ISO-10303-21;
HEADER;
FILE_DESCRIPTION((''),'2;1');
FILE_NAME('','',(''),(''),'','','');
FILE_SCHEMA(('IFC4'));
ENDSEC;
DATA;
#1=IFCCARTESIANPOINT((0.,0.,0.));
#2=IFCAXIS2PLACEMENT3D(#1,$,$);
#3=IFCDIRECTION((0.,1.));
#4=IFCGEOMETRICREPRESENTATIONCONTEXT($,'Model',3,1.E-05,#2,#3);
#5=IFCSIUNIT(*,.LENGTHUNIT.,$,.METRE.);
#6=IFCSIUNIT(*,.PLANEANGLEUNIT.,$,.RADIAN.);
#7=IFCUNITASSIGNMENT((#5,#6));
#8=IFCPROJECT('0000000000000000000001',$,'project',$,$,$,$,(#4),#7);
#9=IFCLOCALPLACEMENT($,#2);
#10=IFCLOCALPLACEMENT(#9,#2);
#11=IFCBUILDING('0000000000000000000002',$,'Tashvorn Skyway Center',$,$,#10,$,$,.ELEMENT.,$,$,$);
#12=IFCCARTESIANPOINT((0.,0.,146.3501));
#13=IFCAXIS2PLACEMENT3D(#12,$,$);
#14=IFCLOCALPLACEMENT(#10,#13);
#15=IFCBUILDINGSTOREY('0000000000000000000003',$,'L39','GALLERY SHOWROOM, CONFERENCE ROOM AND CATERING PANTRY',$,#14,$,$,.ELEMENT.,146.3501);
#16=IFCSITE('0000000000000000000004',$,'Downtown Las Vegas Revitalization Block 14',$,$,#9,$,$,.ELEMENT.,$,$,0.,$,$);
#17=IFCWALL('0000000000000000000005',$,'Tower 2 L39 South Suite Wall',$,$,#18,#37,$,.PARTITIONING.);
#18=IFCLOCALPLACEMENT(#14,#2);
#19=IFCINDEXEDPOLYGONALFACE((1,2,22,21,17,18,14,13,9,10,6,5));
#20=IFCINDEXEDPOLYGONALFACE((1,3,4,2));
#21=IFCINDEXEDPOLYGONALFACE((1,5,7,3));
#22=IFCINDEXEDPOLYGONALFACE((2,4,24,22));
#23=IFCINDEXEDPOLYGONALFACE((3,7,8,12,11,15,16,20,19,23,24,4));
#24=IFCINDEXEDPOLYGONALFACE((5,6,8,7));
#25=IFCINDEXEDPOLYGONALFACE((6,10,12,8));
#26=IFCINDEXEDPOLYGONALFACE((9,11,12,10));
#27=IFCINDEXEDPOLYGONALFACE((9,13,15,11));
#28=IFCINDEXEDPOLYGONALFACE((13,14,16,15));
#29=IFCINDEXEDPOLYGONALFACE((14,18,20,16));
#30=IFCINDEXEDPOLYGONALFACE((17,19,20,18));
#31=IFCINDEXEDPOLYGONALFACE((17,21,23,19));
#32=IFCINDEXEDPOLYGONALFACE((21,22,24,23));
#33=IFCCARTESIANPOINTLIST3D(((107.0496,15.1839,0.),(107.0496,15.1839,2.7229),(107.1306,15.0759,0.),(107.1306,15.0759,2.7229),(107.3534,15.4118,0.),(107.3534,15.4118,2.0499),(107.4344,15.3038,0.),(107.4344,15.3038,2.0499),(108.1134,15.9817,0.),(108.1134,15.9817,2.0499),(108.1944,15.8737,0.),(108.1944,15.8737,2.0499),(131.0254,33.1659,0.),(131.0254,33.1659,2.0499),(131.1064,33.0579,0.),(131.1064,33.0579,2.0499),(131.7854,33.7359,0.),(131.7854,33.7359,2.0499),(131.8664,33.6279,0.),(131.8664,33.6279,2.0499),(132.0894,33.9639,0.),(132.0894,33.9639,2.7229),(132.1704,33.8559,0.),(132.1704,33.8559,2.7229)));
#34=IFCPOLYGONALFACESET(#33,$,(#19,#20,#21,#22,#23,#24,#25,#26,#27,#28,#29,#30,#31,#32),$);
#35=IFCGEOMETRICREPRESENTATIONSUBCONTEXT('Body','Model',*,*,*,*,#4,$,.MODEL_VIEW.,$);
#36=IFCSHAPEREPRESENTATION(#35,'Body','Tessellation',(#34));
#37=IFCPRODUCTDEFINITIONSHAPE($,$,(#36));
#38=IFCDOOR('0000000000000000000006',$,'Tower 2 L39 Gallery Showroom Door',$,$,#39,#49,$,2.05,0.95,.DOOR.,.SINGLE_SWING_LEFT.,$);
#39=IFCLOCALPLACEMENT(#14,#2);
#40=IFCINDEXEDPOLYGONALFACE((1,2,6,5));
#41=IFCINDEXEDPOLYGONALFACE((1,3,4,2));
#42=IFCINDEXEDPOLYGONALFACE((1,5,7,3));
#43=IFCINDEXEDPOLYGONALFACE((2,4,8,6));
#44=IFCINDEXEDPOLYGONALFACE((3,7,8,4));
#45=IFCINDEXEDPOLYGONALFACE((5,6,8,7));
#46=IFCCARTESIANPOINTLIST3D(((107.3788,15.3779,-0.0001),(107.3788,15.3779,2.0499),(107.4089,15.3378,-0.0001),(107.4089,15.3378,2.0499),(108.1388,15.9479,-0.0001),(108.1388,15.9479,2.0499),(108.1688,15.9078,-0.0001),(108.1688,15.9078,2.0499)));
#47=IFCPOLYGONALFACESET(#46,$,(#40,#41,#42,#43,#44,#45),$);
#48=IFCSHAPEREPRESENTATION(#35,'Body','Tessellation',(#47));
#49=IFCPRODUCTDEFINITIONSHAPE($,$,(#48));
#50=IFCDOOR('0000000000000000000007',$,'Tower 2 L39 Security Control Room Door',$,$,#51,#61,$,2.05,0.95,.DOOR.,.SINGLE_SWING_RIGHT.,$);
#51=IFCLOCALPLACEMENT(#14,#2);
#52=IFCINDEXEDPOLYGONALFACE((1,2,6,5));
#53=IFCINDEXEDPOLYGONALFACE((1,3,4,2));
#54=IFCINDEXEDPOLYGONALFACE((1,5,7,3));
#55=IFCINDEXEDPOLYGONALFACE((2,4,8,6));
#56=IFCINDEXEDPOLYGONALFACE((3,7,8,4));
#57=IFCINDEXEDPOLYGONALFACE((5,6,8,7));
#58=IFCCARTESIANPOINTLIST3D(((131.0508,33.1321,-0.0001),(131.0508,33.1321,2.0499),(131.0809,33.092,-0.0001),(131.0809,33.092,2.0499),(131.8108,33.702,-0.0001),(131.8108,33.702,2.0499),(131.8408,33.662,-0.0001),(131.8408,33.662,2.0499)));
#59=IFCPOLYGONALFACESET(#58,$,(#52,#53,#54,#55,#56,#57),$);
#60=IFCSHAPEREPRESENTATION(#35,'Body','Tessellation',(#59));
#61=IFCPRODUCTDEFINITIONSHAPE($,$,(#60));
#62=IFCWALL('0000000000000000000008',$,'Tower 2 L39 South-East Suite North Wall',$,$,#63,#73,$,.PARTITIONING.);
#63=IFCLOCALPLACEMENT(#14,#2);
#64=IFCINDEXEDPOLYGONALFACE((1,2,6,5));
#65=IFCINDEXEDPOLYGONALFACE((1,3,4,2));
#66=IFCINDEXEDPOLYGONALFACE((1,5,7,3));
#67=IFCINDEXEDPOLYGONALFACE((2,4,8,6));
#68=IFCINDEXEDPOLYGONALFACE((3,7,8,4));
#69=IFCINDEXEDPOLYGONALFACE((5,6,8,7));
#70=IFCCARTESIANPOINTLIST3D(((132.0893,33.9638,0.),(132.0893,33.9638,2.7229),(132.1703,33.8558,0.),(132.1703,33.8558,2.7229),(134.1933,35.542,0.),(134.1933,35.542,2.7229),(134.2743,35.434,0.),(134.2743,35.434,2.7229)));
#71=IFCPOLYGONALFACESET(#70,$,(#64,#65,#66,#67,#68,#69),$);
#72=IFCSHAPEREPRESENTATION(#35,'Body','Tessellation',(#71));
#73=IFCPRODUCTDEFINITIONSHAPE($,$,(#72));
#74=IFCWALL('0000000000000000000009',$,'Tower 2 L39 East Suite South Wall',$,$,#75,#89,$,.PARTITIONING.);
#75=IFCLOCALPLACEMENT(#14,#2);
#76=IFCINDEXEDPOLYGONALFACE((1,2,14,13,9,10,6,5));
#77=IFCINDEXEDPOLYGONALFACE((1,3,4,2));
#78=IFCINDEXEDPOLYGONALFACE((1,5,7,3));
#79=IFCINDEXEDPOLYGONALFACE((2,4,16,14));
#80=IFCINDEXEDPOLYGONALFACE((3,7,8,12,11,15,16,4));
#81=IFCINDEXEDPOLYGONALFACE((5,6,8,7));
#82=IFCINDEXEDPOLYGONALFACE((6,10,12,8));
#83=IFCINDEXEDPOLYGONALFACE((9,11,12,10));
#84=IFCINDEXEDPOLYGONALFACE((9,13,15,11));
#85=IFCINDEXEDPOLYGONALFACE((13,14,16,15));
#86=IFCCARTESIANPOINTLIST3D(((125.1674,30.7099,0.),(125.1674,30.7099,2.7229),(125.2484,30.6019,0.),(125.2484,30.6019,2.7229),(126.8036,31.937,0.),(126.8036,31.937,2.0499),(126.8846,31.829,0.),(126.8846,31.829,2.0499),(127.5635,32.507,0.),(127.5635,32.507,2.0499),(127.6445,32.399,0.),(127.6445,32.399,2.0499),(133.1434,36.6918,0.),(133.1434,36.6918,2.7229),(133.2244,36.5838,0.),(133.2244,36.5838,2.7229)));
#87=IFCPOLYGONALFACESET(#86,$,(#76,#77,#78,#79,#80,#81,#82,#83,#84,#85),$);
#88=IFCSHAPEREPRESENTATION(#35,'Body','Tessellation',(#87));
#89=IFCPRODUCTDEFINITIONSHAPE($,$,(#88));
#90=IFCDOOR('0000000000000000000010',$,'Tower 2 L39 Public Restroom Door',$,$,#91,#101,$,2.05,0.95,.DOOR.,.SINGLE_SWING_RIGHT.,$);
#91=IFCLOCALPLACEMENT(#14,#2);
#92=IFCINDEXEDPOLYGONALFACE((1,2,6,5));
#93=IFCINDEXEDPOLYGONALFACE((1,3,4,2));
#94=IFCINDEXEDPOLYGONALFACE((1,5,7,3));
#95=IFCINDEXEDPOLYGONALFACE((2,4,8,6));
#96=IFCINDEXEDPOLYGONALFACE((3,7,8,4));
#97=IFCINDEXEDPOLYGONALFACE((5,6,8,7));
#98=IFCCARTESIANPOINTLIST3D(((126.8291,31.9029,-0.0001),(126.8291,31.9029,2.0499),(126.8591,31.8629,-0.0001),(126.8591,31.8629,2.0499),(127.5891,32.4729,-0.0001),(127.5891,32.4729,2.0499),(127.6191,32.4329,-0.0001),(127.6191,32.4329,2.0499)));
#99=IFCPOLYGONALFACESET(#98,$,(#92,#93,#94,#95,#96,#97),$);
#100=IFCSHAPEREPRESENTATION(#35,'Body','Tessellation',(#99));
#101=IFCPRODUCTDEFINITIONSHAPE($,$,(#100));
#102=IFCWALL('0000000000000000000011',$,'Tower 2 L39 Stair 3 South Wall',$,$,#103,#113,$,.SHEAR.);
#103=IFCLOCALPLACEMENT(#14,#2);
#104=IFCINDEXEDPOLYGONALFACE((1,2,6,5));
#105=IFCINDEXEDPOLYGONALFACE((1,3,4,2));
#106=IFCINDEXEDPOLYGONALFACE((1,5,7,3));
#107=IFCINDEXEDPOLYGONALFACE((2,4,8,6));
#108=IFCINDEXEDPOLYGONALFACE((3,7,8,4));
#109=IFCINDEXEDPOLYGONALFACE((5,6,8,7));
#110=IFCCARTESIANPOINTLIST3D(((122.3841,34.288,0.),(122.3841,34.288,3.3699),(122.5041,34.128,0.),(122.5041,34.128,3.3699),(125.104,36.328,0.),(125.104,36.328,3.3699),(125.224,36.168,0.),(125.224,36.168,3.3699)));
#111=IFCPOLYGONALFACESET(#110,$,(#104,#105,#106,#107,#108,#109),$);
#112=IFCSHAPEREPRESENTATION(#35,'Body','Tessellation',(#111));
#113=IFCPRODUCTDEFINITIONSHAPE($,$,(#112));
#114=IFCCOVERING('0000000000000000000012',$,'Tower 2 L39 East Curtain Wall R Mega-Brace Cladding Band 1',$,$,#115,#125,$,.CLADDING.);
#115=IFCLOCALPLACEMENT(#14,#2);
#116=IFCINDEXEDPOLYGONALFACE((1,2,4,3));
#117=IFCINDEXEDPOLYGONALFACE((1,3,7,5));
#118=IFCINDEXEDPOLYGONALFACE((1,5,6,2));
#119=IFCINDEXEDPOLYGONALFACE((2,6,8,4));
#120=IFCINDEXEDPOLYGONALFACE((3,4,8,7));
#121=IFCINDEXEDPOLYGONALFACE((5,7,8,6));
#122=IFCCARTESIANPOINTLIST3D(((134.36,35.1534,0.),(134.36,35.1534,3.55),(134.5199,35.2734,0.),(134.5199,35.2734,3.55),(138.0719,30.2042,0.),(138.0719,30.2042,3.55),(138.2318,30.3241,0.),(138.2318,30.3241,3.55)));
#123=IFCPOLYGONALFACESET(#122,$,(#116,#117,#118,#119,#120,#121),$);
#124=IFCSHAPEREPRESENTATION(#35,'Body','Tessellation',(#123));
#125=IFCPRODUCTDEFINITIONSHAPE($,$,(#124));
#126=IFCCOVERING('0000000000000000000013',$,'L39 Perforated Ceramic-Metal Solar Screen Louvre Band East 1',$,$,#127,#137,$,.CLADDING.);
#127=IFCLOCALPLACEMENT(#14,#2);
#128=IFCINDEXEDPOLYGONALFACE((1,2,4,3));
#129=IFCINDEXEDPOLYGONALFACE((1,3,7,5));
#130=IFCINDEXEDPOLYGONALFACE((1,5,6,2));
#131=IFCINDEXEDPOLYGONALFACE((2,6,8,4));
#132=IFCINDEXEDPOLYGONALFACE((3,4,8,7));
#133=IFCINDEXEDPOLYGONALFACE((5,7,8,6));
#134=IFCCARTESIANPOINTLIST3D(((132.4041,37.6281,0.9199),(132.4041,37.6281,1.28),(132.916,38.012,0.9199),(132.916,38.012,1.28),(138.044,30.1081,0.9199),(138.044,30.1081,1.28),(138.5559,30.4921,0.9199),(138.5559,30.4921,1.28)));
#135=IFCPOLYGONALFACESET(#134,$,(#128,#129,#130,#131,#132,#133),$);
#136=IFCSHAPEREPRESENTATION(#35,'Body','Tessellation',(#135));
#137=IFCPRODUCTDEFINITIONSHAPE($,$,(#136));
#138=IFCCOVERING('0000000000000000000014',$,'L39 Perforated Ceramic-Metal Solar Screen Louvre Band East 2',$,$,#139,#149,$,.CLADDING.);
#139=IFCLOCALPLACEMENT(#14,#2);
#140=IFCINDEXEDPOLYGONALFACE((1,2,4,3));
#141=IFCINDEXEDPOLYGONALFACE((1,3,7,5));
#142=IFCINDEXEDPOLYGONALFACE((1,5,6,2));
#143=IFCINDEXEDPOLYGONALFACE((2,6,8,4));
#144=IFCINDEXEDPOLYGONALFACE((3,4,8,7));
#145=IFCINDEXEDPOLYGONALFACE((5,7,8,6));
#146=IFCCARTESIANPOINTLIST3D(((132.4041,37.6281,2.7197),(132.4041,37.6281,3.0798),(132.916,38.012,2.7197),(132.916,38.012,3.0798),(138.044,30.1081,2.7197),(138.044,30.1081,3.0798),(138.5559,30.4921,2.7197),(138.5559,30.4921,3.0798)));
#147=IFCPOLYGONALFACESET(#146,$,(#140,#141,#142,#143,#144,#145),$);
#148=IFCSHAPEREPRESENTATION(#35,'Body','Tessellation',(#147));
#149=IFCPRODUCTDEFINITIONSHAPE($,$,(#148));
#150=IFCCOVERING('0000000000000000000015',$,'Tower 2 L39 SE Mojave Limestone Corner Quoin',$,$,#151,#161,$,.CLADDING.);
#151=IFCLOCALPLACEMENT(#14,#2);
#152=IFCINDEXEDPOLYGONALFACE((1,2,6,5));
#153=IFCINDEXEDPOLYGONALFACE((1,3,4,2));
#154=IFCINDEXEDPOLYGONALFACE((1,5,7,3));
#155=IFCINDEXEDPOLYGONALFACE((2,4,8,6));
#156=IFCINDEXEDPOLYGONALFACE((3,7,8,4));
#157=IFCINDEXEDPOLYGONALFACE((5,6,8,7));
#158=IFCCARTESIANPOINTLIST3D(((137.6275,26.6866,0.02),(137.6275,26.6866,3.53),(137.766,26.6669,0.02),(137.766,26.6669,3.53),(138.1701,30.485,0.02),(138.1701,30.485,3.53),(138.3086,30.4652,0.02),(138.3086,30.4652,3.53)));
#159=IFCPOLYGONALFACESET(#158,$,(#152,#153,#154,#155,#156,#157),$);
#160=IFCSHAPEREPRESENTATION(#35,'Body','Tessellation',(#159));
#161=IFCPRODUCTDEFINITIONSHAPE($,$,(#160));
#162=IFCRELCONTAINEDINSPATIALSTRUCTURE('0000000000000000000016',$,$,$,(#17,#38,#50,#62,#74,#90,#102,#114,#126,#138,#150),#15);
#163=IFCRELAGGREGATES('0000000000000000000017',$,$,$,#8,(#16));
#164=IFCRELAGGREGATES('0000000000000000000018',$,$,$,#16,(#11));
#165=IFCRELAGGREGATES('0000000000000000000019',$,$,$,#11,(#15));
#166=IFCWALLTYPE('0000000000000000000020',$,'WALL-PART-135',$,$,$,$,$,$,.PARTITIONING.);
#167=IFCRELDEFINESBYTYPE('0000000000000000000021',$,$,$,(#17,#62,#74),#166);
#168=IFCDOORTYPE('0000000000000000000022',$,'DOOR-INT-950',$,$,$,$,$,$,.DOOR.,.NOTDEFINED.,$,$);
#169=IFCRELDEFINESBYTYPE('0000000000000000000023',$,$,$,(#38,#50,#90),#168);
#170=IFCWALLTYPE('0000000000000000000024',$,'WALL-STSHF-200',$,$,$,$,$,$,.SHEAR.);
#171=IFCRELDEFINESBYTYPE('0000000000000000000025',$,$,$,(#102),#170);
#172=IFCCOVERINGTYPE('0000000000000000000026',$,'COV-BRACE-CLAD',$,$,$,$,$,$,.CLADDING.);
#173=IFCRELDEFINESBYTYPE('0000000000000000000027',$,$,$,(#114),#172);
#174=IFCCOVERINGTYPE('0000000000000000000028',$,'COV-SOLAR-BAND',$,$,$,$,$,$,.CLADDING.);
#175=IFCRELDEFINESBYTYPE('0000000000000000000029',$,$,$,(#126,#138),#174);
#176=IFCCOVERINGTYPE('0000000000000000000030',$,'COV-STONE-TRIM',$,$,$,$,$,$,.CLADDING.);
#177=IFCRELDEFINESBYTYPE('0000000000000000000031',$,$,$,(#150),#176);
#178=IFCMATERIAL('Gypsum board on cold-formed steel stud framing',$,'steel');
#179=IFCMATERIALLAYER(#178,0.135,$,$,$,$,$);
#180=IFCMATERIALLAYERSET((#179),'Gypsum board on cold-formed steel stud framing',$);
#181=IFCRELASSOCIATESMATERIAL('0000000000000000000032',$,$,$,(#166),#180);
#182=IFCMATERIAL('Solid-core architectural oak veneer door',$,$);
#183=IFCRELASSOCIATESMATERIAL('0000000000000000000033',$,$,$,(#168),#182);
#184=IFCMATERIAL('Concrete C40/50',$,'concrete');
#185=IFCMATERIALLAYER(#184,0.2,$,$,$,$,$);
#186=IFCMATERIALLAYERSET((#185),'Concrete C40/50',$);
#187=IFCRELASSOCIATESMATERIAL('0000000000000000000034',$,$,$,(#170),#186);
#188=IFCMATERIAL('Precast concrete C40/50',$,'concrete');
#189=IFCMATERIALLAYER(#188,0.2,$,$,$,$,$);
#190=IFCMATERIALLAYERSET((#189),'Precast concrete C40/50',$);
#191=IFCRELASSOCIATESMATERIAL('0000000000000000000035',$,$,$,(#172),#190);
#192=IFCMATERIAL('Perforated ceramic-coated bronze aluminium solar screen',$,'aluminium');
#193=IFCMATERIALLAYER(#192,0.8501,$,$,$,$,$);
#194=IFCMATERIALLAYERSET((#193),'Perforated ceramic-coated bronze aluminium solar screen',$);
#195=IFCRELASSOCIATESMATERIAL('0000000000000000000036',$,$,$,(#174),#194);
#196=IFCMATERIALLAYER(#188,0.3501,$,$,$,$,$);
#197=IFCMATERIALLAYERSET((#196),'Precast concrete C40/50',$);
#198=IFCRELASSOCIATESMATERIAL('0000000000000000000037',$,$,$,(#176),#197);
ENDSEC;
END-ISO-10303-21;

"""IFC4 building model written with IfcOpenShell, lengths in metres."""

from ifc_helpers import new_model, si_unit, direction, frame, frame_2d, origin, origin_2d, place, context, subcontext, project, spatial, rectangle, extrude, material, layer, layer_set, type_object, element, fill, save


model = new_model("IFC4")

# Units and contexts
model_context = context("Model", 3, precision=1e-05, world=origin(), true_north=direction((0.0, 1.0)))
body_context = subcontext(model_context, "Body", "Model", "MODEL_VIEW")
ifc_project = project(units=[si_unit("LENGTHUNIT", "METRE"), si_unit("PLANEANGLEUNIT", "RADIAN")], contexts=[model_context])

# Site, building, storey
site_placement = place(None, origin())
site = spatial("IfcSite", under=ifc_project, at=site_placement, Name="Downtown Las Vegas Revitalization Block 14", CompositionType="ELEMENT", RefElevation=0.0)
building_placement = place(site_placement, origin())
building = spatial("IfcBuilding", under=site, at=building_placement, Name="Tashvorn Skyway Center", CompositionType="ELEMENT")
storey_placement = place(building_placement, frame((0.0, 0.0, 146.3501)))
storey = spatial("IfcBuildingStorey", under=building, at=storey_placement, Name="L39", Description="GALLERY SHOWROOM, CONFERENCE ROOM AND CATERING PANTRY", CompositionType="ELEMENT", Elevation=146.3501)

# Shared definitions
ifc_material_1 = material(Name="Precast concrete C40/50", Category="concrete")

# Wall, openings, doors
ifc_material_2 = material(Name="Gypsum board on cold-formed steel stud framing", Category="steel")
ifc_layer_1 = layer(ifc_material_2, 0.135)
ifc_layer_set_1 = layer_set([ifc_layer_1], Name="Gypsum board on cold-formed steel stud framing")
wall_type_1 = type_object("IfcWallType", Name="WALL-PART-135", PredefinedType="PARTITIONING", material=ifc_layer_set_1)
wall_1_placement = place(storey_placement, frame((132.1299, 33.9099, 0.0), z_axis=(0.0, 0.0, 1.0), x_axis=(-0.799997, -0.600004, 0.0)))
wall_1 = element("IfcWall", 1, at=wall_1_placement, inside=storey, type_object=wall_type_1, Name="Tower 2 L39 South Suite Wall", PredefinedType="PARTITIONING", context=body_context, shape_type="SweptSolid", body=[
    extrude(rectangle(XDim=31.2998, YDim=0.135, at=frame_2d((15.6499, 0.0))), origin(), (0.0, 0.0, 1.0), 2.7229),
])
opening_1_placement = place(wall_1_placement, frame((29.97, 0.0, 0.0)))
opening_1 = element("IfcOpeningElement", 2, at=opening_1_placement, cuts=wall_1, PredefinedType="OPENING", context=body_context, shape_type="SweptSolid", body=[
    extrude(rectangle(XDim=0.95, YDim=2.05, at=frame_2d((0.4751, 1.0249))), frame((0.0, 0.0774, 0.0), z_axis=(0.0, -1.0, 0.0), x_axis=(1.0, 0.0, 0.0)), (0.0, 0.0, 1.0), 0.155),
])
opening_2_placement = place(wall_1_placement, frame((0.3799, 0.0, 0.0)))
opening_2 = element("IfcOpeningElement", 3, at=opening_2_placement, cuts=wall_1, PredefinedType="OPENING", context=body_context, shape_type="SweptSolid", body=[
    extrude(rectangle(XDim=0.95, YDim=2.05, at=frame_2d((0.4751, 1.0249))), frame((0.0, 0.0774, 0.0), z_axis=(0.0, -1.0, 0.0), x_axis=(1.0, 0.0, 0.0)), (0.0, 0.0, 1.0), 0.155),
])
ifc_material_3 = material(Name="Solid-core architectural oak veneer door")
door_type_1 = type_object("IfcDoorType", Name="DOOR-INT-950", OperationType="NOTDEFINED", PredefinedType="DOOR", material=ifc_material_3)
door_1_placement = place(opening_1_placement, origin())
door_1 = element("IfcDoor", 4, at=door_1_placement, inside=storey, type_object=door_type_1, Name="Tower 2 L39 Gallery Showroom Door", OperationType="SINGLE_SWING_LEFT", OverallHeight=2.05, OverallWidth=0.95, PredefinedType="DOOR", context=body_context, shape_type="SweptSolid", body=[
    extrude(rectangle(XDim=0.95, YDim=2.05, at=frame_2d((0.4751, 1.0249))), frame((0.0, 0.0249, 0.0), z_axis=(0.0, -1.0, 0.0), x_axis=(1.0, 0.0, 0.0)), (0.0, 0.0, 1.0), 0.05),
])
fill(opening_1, door_1)
door_2_placement = place(opening_2_placement, origin())
door_2 = element("IfcDoor", 5, at=door_2_placement, inside=storey, type_object=door_type_1, Name="Tower 2 L39 Security Control Room Door", OperationType="SINGLE_SWING_RIGHT", OverallHeight=2.05, OverallWidth=0.95, PredefinedType="DOOR", context=body_context, shape_type="SweptSolid", body=[
    extrude(rectangle(XDim=0.95, YDim=2.05, at=frame_2d((0.4751, 1.0249))), frame((0.0, 0.0249, 0.0), z_axis=(0.0, -1.0, 0.0), x_axis=(1.0, 0.0, 0.0)), (0.0, 0.0, 1.0), 0.05),
])
fill(opening_2, door_2)

# Wall
wall_2_placement = place(storey_placement, frame((132.1299, 33.9099, 0.0), z_axis=(0.0, 0.0, 1.0), x_axis=(0.799978, 0.60003, 0.0)))
element("IfcWall", 6, at=wall_2_placement, inside=storey, type_object=wall_type_1, Name="Tower 2 L39 South-East Suite North Wall", PredefinedType="PARTITIONING", context=body_context, shape_type="SweptSolid", body=[
    extrude(rectangle(XDim=2.6301, YDim=0.135, at=frame_2d((1.3149, 0.0))), origin(), (0.0, 0.0, 1.0), 2.7229),
])

# Wall, opening, door
wall_3_placement = place(storey_placement, frame((125.208, 30.656, 0.0), z_axis=(0.0, 0.0, 1.0), x_axis=(0.800006, 0.599992, 0.0)))
wall_3 = element("IfcWall", 7, at=wall_3_placement, inside=storey, type_object=wall_type_1, Name="Tower 2 L39 East Suite South Wall", PredefinedType="PARTITIONING", context=body_context, shape_type="SweptSolid", body=[
    extrude(rectangle(XDim=9.97, YDim=0.135, at=frame_2d((4.9849, 0.0))), origin(), (0.0, 0.0, 1.0), 2.7229),
])
opening_3_placement = place(wall_3_placement, frame((2.0449, 0.0, 0.0)))
opening_3 = element("IfcOpeningElement", 8, at=opening_3_placement, cuts=wall_3, PredefinedType="OPENING", context=body_context, shape_type="SweptSolid", body=[
    extrude(rectangle(XDim=0.95, YDim=2.05, at=frame_2d((0.4751, 1.0249))), frame((0.0, 0.0774, 0.0), z_axis=(0.0, -1.0, 0.0), x_axis=(1.0, 0.0, 0.0)), (0.0, 0.0, 1.0), 0.155),
])
door_3_placement = place(opening_3_placement, origin())
door_3 = element("IfcDoor", 9, at=door_3_placement, inside=storey, type_object=door_type_1, Name="Tower 2 L39 Public Restroom Door", OperationType="SINGLE_SWING_RIGHT", OverallHeight=2.05, OverallWidth=0.95, PredefinedType="DOOR", context=body_context, shape_type="SweptSolid", body=[
    extrude(rectangle(XDim=0.95, YDim=2.05, at=frame_2d((0.4751, 1.0249))), frame((0.0, 0.0249, 0.0), z_axis=(0.0, -1.0, 0.0), x_axis=(1.0, 0.0, 0.0)), (0.0, 0.0, 1.0), 0.05),
])
fill(opening_3, door_3)

# Wall
ifc_material_4 = material(Name="Concrete C40/50", Category="concrete")
ifc_layer_2 = layer(ifc_material_4, 0.2)
ifc_layer_set_2 = layer_set([ifc_layer_2], Name="Concrete C40/50")
wall_type_2 = type_object("IfcWallType", Name="WALL-STSHF-200", PredefinedType="SHEAR", material=ifc_layer_set_2)
wall_4_placement = place(storey_placement, frame((122.4441, 34.208, 0.0), z_axis=(0.0, 0.0, 1.0), x_axis=(0.799991, 0.600011, 0.0)))
element("IfcWall", 10, at=wall_4_placement, inside=storey, type_object=wall_type_2, Name="Tower 2 L39 Stair 3 South Wall", PredefinedType="SHEAR", context=body_context, shape_type="SweptSolid", body=[
    extrude(rectangle(XDim=3.3999, YDim=0.2, at=frame_2d((1.7, 0.0))), origin(), (0.0, 0.0, 1.0), 3.3699),
])

# Coverings
ifc_layer_3 = layer(ifc_material_1, 0.2)
ifc_layer_set_3 = layer_set([ifc_layer_3], Name="Precast concrete C40/50")
covering_type_1 = type_object("IfcCoveringType", Name="COV-BRACE-CLAD", PredefinedType="CLADDING", material=ifc_layer_set_3)
covering_1_placement = place(storey_placement, frame((136.2959, 32.7388, 0.0), z_axis=(0.0, 0.0, 1.0), x_axis=(0.6, -0.8, 0.0)))
element("IfcCovering", 11, at=covering_1_placement, inside=storey, type_object=covering_type_1, Name="Tower 2 L39 East Curtain Wall R Mega-Brace Cladding Band 1", PredefinedType="CLADDING", context=body_context, shape_type="SweptSolid", body=[
    extrude(rectangle(XDim=6.1865, YDim=0.2, at=origin_2d()), origin(), (0.0, 0.0, 1.0), 3.55),
])
ifc_material_5 = material(Name="Perforated ceramic-coated bronze aluminium solar screen", Category="aluminium")
ifc_layer_4 = layer(ifc_material_5, 0.8501)
ifc_layer_set_4 = layer_set([ifc_layer_4], Name="Perforated ceramic-coated bronze aluminium solar screen")
covering_type_2 = type_object("IfcCoveringType", Name="COV-SOLAR-BAND", PredefinedType="CLADDING", material=ifc_layer_set_4)
for number, where, z_axis, x_axis, name in (
    (12, (135.48, 34.0601, 0.9199), (0.0, 0.0, 1.0), (0.6, -0.8, 0.0), "L39 Perforated Ceramic-Metal Solar Screen Louvre Band East 1"),
    (13, (135.48, 34.0601, 2.7197), (0.0, 0.0, 1.0), (0.6, -0.8, 0.0), "L39 Perforated Ceramic-Metal Solar Screen Louvre Band East 2"),
):
    element("IfcCovering", number, at=place(storey_placement, frame(where, z_axis=z_axis, x_axis=x_axis)), inside=storey, type_object=covering_type_2, Name=name, PredefinedType="CLADDING", context=body_context, shape_type="SweptSolid", body=[
        extrude(rectangle(XDim=9.3999, YDim=0.6399, at=origin_2d()), origin(), (0.0, 0.0, 1.0), 0.3601),
    ])
ifc_layer_5 = layer(ifc_material_1, 0.3501)
ifc_layer_set_5 = layer_set([ifc_layer_5], Name="Precast concrete C40/50")
covering_type_3 = type_object("IfcCoveringType", Name="COV-STONE-TRIM", PredefinedType="CLADDING", material=ifc_layer_set_5)
covering_2_placement = place(storey_placement, frame((137.968, 28.5759, 0.02), z_axis=(0.0, 0.0, 1.0), x_axis=(0.141421, 0.989949, 0.0)))
element("IfcCovering", 14, at=covering_2_placement, inside=storey, type_object=covering_type_3, Name="Tower 2 L39 SE Mojave Limestone Corner Quoin", PredefinedType="CLADDING", context=body_context, shape_type="SweptSolid", body=[
    extrude(rectangle(XDim=3.8369, YDim=0.1399, at=origin_2d()), origin(), (0.0, 0.0, 1.0), 3.51),
])

save(model, "model.ifc")
